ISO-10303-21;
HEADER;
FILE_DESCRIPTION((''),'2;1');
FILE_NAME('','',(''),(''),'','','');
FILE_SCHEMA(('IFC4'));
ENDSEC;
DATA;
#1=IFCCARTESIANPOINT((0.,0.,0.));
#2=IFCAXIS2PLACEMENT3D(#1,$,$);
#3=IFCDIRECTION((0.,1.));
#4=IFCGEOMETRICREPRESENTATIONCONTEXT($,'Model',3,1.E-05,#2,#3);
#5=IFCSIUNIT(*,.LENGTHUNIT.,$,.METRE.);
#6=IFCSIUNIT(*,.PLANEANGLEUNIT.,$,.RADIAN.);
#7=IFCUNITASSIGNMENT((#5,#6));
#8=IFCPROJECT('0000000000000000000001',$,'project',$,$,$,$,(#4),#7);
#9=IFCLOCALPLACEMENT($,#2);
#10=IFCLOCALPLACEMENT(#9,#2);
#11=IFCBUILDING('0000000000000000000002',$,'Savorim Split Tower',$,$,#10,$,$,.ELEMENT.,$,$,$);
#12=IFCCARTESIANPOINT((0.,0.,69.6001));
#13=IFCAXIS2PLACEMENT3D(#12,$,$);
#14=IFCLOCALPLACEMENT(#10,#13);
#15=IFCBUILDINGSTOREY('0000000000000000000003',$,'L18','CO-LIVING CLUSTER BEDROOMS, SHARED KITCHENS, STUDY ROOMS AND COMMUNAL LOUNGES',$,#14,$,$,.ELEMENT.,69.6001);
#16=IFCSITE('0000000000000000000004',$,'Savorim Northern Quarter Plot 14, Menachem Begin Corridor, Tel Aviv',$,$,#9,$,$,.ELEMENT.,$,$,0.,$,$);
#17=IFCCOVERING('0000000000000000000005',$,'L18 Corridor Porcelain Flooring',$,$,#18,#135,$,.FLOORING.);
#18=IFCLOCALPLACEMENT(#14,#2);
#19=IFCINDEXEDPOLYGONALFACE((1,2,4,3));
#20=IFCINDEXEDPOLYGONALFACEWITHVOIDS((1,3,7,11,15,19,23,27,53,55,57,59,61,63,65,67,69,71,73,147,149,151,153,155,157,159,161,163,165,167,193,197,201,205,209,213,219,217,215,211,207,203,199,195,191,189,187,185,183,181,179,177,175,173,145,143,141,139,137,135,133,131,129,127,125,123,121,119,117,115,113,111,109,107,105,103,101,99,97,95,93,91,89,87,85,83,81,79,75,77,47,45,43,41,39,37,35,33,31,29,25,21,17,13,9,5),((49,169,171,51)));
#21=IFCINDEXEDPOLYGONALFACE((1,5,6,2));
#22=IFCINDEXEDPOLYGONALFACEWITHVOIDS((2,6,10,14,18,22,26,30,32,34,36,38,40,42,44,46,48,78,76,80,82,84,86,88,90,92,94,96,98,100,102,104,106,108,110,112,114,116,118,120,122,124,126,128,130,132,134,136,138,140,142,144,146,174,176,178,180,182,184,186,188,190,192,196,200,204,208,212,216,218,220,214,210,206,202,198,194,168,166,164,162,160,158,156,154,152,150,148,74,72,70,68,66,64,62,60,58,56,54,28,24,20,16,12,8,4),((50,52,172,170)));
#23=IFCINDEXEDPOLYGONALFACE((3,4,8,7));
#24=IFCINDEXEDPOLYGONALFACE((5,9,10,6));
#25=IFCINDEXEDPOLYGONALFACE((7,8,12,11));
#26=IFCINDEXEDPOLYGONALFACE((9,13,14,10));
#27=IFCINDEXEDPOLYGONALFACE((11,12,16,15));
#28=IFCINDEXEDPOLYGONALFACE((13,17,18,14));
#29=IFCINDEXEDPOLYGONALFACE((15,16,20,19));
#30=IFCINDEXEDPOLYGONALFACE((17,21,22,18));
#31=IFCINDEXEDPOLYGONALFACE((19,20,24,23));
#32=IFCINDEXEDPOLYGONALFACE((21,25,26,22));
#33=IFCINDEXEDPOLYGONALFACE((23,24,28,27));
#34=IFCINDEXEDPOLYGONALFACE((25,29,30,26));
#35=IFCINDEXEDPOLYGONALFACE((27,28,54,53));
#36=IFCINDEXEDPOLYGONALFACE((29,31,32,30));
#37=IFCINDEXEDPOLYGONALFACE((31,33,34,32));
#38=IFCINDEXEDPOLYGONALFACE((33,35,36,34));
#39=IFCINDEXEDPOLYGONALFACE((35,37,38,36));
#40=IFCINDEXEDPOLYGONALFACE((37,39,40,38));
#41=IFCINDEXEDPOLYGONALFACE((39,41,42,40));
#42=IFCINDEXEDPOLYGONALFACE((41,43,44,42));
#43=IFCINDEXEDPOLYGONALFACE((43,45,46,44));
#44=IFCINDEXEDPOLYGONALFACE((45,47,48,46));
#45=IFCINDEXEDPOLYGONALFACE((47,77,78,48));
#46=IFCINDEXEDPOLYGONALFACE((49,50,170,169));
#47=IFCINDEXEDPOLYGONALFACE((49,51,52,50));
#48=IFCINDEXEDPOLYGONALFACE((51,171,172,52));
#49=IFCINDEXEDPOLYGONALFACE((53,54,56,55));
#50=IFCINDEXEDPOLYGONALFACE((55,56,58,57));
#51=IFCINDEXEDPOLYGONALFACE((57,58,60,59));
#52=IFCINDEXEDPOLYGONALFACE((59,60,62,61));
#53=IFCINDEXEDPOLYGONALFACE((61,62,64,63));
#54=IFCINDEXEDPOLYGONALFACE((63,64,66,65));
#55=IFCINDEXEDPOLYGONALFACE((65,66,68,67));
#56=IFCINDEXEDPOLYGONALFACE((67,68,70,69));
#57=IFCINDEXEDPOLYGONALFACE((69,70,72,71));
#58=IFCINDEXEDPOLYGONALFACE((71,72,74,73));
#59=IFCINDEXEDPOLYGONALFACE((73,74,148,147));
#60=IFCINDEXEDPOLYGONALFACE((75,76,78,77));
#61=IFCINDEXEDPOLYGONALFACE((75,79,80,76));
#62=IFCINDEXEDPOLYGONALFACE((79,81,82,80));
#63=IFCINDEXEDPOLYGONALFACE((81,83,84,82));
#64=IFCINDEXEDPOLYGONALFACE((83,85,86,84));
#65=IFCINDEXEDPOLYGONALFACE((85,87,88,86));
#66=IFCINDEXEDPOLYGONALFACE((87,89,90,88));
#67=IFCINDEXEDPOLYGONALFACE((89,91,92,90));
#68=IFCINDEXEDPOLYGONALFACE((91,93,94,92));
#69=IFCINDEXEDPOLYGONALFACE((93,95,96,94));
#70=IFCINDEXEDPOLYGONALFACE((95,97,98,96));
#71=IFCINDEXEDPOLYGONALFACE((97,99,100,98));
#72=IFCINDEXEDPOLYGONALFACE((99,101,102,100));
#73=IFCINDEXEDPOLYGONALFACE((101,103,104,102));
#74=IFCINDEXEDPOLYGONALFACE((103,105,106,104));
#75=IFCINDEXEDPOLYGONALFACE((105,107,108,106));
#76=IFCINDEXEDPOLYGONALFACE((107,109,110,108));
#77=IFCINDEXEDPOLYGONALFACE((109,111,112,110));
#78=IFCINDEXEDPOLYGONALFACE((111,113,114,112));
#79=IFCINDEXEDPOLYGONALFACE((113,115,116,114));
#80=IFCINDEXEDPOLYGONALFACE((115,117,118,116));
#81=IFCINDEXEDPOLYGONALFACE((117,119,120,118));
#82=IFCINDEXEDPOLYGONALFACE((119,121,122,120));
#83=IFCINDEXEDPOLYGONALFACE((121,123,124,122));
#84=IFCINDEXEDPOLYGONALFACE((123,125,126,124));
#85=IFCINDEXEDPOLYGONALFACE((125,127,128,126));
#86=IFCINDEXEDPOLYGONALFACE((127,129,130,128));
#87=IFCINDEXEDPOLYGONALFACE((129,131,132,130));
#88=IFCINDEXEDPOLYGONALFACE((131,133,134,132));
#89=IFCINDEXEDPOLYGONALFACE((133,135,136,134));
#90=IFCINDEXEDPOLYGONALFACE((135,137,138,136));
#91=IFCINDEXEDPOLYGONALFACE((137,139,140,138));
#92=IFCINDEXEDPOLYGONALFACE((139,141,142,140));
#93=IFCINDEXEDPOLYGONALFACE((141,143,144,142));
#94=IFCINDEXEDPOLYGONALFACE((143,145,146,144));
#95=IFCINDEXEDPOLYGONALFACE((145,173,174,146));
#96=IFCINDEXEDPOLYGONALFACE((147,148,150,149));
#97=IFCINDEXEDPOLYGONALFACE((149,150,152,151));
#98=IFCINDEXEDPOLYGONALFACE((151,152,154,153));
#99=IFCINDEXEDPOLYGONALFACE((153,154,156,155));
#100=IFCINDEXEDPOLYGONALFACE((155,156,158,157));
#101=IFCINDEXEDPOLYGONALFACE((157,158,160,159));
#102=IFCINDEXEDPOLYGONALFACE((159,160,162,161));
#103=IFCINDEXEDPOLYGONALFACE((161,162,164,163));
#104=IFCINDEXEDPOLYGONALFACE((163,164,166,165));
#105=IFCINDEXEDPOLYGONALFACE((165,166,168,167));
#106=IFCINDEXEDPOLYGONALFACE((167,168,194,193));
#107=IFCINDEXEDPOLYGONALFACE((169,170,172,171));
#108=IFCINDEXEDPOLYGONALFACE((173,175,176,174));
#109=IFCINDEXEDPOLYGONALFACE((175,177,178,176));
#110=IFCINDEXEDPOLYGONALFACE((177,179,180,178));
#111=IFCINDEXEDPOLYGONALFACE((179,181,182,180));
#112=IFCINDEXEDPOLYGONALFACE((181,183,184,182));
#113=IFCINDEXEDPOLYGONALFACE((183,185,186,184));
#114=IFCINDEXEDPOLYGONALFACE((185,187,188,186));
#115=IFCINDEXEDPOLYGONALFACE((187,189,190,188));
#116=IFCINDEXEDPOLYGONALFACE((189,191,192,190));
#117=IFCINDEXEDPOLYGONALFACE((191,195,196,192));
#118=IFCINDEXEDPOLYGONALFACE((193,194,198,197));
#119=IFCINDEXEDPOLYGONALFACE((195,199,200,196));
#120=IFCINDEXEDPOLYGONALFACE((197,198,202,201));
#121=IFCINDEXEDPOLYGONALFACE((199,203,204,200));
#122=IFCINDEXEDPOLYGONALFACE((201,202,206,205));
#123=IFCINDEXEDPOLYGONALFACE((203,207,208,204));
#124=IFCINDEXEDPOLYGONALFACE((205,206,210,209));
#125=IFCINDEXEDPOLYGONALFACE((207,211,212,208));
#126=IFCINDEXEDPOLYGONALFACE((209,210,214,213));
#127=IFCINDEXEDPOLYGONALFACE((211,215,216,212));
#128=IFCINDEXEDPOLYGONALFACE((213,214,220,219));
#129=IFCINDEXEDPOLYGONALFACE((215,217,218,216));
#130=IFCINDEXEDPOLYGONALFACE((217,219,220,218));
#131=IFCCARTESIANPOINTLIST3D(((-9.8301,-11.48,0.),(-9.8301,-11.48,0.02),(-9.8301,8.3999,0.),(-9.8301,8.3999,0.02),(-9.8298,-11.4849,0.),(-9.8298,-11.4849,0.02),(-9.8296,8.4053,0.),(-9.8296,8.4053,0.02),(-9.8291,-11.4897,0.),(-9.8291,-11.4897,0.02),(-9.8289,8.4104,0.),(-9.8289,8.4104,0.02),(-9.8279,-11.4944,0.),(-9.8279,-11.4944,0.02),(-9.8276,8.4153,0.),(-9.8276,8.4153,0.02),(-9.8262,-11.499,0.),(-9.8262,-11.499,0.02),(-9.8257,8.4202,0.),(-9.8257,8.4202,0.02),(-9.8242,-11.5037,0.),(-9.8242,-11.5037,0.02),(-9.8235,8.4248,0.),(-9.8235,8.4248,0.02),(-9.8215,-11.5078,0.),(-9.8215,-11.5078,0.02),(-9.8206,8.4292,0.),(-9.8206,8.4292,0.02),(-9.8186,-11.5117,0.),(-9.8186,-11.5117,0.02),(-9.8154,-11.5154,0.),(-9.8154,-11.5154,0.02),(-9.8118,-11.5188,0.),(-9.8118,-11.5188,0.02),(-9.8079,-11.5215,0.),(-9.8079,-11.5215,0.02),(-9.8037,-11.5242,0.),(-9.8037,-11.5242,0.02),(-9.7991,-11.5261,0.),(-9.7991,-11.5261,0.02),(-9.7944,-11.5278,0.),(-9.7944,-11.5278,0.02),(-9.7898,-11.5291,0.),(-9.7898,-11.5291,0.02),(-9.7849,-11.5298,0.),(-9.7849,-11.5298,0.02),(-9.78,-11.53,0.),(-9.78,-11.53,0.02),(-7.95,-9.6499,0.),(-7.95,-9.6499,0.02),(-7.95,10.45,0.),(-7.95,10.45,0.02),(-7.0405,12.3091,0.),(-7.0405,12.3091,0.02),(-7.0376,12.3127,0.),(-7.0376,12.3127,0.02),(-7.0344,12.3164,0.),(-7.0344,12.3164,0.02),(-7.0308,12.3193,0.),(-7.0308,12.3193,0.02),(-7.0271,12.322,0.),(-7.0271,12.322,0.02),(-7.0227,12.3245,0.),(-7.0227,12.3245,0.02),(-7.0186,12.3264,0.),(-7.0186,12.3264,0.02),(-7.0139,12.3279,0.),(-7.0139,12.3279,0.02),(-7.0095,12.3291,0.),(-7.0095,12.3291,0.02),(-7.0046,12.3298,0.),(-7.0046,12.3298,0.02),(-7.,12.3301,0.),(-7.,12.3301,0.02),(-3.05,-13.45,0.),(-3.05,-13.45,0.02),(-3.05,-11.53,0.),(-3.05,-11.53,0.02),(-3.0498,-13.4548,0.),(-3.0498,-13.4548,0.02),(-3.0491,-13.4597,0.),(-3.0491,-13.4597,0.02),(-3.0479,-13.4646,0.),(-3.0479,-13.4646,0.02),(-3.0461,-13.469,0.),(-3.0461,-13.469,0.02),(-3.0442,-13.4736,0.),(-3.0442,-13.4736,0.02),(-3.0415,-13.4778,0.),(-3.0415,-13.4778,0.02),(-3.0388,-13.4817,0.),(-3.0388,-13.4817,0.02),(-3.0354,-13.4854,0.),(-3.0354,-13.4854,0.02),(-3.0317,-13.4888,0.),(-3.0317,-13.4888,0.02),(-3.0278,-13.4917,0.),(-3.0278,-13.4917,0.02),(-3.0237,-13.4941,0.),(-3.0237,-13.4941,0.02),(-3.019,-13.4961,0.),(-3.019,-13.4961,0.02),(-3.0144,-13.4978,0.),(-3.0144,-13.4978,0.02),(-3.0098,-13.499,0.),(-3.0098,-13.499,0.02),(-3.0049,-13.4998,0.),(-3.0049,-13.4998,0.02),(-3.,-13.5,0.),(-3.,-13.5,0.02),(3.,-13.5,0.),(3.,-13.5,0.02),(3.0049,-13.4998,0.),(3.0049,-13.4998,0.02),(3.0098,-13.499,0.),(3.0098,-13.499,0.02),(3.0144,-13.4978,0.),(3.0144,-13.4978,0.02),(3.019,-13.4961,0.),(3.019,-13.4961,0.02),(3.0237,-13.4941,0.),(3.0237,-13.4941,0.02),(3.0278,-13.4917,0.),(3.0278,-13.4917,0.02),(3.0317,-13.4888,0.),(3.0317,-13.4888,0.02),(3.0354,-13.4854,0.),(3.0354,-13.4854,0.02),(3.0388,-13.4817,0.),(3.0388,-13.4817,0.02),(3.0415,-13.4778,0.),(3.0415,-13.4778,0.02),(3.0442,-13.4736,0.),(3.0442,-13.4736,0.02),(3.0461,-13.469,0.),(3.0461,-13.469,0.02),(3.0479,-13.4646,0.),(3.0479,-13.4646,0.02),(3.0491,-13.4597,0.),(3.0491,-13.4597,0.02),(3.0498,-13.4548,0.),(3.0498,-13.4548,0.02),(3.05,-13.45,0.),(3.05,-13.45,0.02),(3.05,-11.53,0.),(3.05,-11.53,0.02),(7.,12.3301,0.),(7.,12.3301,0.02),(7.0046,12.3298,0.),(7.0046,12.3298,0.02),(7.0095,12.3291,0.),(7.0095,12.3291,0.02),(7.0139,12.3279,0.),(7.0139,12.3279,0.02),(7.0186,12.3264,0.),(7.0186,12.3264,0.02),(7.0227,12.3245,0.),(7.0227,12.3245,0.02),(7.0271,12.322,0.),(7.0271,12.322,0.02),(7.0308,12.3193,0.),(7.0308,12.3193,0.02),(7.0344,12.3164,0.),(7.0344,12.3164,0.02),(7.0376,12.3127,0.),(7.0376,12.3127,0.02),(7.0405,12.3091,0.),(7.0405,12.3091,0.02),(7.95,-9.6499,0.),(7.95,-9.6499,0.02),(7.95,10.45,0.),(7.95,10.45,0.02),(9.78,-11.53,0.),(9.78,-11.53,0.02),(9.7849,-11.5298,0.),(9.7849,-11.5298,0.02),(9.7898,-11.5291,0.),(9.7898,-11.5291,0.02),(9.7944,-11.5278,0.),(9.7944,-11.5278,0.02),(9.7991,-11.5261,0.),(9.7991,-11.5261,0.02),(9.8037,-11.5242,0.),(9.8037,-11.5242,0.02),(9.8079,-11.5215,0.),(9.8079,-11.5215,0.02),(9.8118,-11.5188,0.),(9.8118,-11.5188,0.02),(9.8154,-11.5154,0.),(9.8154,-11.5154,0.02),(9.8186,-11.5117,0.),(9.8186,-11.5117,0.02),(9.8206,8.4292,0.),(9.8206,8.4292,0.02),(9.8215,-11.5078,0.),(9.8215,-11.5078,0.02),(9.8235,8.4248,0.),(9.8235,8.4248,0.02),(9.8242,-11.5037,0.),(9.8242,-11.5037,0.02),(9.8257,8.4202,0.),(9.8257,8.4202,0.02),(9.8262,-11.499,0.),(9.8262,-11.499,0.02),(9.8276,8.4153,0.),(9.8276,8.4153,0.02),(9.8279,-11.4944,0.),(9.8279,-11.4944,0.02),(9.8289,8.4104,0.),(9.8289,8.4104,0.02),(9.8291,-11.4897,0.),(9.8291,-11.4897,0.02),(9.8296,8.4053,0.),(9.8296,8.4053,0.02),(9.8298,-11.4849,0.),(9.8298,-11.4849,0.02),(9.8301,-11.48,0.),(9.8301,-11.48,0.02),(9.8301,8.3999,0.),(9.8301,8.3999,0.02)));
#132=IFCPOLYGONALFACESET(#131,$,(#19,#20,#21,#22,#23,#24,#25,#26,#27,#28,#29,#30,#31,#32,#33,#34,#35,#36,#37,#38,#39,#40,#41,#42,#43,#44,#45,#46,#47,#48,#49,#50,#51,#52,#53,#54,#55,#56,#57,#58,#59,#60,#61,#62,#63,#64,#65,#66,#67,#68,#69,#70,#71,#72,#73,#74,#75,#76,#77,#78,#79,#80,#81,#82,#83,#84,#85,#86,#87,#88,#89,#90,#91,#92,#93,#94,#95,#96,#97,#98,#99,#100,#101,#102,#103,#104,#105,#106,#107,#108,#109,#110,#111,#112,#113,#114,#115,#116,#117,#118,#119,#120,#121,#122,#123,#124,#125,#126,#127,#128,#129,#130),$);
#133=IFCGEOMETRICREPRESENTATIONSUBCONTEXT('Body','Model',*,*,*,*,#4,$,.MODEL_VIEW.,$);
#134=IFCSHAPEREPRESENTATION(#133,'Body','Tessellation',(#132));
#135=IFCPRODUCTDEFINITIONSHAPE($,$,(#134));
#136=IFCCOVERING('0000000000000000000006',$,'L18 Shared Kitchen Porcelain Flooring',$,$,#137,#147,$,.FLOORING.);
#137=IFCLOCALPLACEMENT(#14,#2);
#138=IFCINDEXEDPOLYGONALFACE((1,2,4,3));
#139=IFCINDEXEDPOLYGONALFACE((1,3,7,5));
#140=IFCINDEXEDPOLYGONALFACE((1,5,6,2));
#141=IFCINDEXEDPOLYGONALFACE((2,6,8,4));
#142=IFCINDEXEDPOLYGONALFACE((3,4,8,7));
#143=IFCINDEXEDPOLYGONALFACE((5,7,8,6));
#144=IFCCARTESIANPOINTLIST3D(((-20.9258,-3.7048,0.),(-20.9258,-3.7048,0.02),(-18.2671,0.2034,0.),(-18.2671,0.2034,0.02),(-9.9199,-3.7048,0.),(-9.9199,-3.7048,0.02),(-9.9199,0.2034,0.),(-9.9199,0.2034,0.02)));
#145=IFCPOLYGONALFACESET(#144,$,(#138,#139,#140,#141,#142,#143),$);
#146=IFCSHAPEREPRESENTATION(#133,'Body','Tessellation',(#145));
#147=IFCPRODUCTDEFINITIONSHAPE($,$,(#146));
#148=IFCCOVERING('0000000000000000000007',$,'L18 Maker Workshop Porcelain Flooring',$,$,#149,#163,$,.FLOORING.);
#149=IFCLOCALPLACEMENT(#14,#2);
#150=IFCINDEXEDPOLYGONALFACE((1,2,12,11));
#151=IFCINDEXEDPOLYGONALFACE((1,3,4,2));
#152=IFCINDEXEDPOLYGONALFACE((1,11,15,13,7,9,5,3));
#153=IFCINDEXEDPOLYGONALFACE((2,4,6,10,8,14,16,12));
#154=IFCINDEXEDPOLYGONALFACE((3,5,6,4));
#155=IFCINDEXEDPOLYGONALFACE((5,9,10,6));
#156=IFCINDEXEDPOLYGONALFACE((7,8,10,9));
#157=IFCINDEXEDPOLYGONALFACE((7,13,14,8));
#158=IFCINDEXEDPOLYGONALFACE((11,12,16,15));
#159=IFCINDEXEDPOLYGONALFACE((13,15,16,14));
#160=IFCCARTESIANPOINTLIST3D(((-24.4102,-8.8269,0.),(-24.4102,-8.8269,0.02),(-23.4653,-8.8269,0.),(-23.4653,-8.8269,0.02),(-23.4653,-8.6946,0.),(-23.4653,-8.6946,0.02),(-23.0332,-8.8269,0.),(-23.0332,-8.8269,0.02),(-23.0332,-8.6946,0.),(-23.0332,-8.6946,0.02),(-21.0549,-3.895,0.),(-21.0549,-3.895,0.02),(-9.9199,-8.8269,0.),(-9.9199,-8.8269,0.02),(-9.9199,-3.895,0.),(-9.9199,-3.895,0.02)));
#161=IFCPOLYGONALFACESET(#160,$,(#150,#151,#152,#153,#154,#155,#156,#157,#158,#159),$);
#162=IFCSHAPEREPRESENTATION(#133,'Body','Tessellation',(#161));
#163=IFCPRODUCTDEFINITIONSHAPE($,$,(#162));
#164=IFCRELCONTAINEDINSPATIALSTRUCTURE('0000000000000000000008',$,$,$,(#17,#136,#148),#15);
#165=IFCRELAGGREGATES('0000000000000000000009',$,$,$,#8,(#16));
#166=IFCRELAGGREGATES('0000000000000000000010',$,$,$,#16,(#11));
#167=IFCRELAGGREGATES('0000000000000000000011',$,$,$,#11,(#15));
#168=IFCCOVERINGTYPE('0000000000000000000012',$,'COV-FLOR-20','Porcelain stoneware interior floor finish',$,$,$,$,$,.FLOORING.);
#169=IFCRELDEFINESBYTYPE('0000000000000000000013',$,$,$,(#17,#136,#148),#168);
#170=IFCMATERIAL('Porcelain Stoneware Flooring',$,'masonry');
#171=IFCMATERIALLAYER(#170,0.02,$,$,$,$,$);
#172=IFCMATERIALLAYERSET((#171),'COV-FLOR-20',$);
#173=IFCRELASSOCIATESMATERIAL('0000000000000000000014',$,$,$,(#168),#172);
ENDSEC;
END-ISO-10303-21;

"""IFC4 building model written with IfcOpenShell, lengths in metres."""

from ifc_helpers import new_model, si_unit, direction, frame, origin, place, context, subcontext, project, spatial, polyline, outline, extrude, material, layer, layer_set, type_object, element, save


model = new_model("IFC4")

# Units and contexts
model_context = context("Model", 3, precision=1e-05, world=origin(), true_north=direction((0.0, 1.0)))
body_context = subcontext(model_context, "Body", "Model", "MODEL_VIEW")
ifc_project = project(units=[si_unit("LENGTHUNIT", "METRE"), si_unit("PLANEANGLEUNIT", "RADIAN")], contexts=[model_context])

# Site, building, storey
site_placement = place(None, origin())
site = spatial("IfcSite", under=ifc_project, at=site_placement, Name="Savorim Northern Quarter Plot 14, Menachem Begin Corridor, Tel Aviv", CompositionType="ELEMENT", RefElevation=0.0)
building_placement = place(site_placement, origin())
building = spatial("IfcBuilding", under=site, at=building_placement, Name="Savorim Split Tower", CompositionType="ELEMENT")
storey_placement = place(building_placement, frame((0.0, 0.0, 69.6001)))
storey = spatial("IfcBuildingStorey", under=building, at=storey_placement, Name="L18", Description="CO-LIVING CLUSTER BEDROOMS, SHARED KITCHENS, STUDY ROOMS AND COMMUNAL LOUNGES", CompositionType="ELEMENT", Elevation=69.6001)

# Coverings
ifc_material_1 = material(Name="Porcelain Stoneware Flooring", Category="masonry")
ifc_layer_1 = layer(ifc_material_1, 0.02)
ifc_layer_set_1 = layer_set([ifc_layer_1], Name="COV-FLOR-20")
covering_type_1 = type_object("IfcCoveringType", Name="COV-FLOR-20", Description="Porcelain stoneware interior floor finish", PredefinedType="FLOORING", material=ifc_layer_set_1)
covering_1_placement = place(storey_placement, origin())
element("IfcCovering", 1, at=covering_1_placement, inside=storey, type_object=covering_type_1, Name="L18 Corridor Porcelain Flooring", PredefinedType="FLOORING", context=body_context, shape_type="SweptSolid", body=[
    extrude(outline(polyline([(7.0095, 12.3291), (7.0046, 12.3298), (7.0, 12.3301), (-7.0, 12.3301), (-7.0046, 12.3298), (-7.0095, 12.3291), (-7.0139, 12.3279), (-7.0186, 12.3264), (-7.0227, 12.3245), (-7.0271, 12.322), (-7.0308, 12.3193), (-7.0344, 12.3164), (-7.0376, 12.3127), (-7.0405, 12.3091), (-9.8206, 8.4292), (-9.8235, 8.4248), (-9.8257, 8.4202), (-9.8276, 8.4153), (-9.8289, 8.4104), (-9.8296, 8.4053), (-9.8301, 8.3999), (-9.8301, -11.48), (-9.8298, -11.4849), (-9.8291, -11.4897), (-9.8279, -11.4944), (-9.8262, -11.499), (-9.8242, -11.5037), (-9.8215, -11.5078), (-9.8186, -11.5117), (-9.8154, -11.5154), (-9.8118, -11.5188), (-9.8079, -11.5215), (-9.8037, -11.5242), (-9.7991, -11.5261), (-9.7944, -11.5278), (-9.7898, -11.5291), (-9.7849, -11.5298), (-9.78, -11.53), (-3.05, -11.53), (-3.05, -13.45), (-3.0498, -13.4548), (-3.0491, -13.4597), (-3.0479, -13.4646), (-3.0461, -13.469), (-3.0442, -13.4736), (-3.0415, -13.4778), (-3.0388, -13.4817), (-3.0354, -13.4854), (-3.0317, -13.4888), (-3.0278, -13.4917), (-3.0237, -13.4941), (-3.019, -13.4961), (-3.0144, -13.4978), (-3.0098, -13.499), (-3.0049, -13.4998), (-3.0, -13.5), (3.0, -13.5), (3.0049, -13.4998), (3.0098, -13.499), (3.0144, -13.4978), (3.019, -13.4961), (3.0237, -13.4941), (3.0278, -13.4917), (3.0317, -13.4888), (3.0354, -13.4854), (3.0388, -13.4817), (3.0415, -13.4778), (3.0442, -13.4736), (3.0461, -13.469), (3.0479, -13.4646), (3.0491, -13.4597), (3.0498, -13.4548), (3.05, -13.45), (3.05, -11.53), (9.78, -11.53), (9.7849, -11.5298), (9.7898, -11.5291), (9.7944, -11.5278), (9.7991, -11.5261), (9.8037, -11.5242), (9.8079, -11.5215), (9.8118, -11.5188), (9.8154, -11.5154), (9.8186, -11.5117), (9.8215, -11.5078), (9.8242, -11.5037), (9.8262, -11.499), (9.8279, -11.4944), (9.8291, -11.4897), (9.8298, -11.4849), (9.8301, -11.48), (9.8301, 8.3999), (9.8296, 8.4053), (9.8289, 8.4104), (9.8276, 8.4153), (9.8257, 8.4202), (9.8235, 8.4248), (9.8206, 8.4292), (7.0405, 12.3091), (7.0376, 12.3127), (7.0344, 12.3164), (7.0308, 12.3193), (7.0271, 12.322), (7.0227, 12.3245), (7.0186, 12.3264), (7.0139, 12.3279), (7.0095, 12.3291)]), holes=[polyline([(-7.95, 10.45), (-7.95, -9.6499), (7.95, -9.6499), (7.95, 10.45), (-7.95, 10.45)])]), origin(), (0.0, 0.0, 1.0), 0.02),
])
covering_2_placement = place(storey_placement, origin())
element("IfcCovering", 2, at=covering_2_placement, inside=storey, type_object=covering_type_1, Name="L18 Shared Kitchen Porcelain Flooring", PredefinedType="FLOORING", context=body_context, shape_type="SweptSolid", body=[
    extrude(outline(polyline([(-18.2671, 0.2034), (-20.9258, -3.7048), (-9.9199, -3.7048), (-9.9199, 0.2034), (-18.2671, 0.2034)])), origin(), (0.0, 0.0, 1.0), 0.02),
])
covering_3_placement = place(storey_placement, origin())
element("IfcCovering", 3, at=covering_3_placement, inside=storey, type_object=covering_type_1, Name="L18 Maker Workshop Porcelain Flooring", PredefinedType="FLOORING", context=body_context, shape_type="SweptSolid", body=[
    extrude(outline(polyline([(-23.0332, -8.6946), (-23.0332, -8.8269), (-9.9199, -8.8269), (-9.9199, -3.895), (-21.0549, -3.895), (-24.4102, -8.8269), (-23.4653, -8.8269), (-23.4653, -8.6946), (-23.0332, -8.6946)])), origin(), (0.0, 0.0, 1.0), 0.02),
])

save(model, "model.ifc")
